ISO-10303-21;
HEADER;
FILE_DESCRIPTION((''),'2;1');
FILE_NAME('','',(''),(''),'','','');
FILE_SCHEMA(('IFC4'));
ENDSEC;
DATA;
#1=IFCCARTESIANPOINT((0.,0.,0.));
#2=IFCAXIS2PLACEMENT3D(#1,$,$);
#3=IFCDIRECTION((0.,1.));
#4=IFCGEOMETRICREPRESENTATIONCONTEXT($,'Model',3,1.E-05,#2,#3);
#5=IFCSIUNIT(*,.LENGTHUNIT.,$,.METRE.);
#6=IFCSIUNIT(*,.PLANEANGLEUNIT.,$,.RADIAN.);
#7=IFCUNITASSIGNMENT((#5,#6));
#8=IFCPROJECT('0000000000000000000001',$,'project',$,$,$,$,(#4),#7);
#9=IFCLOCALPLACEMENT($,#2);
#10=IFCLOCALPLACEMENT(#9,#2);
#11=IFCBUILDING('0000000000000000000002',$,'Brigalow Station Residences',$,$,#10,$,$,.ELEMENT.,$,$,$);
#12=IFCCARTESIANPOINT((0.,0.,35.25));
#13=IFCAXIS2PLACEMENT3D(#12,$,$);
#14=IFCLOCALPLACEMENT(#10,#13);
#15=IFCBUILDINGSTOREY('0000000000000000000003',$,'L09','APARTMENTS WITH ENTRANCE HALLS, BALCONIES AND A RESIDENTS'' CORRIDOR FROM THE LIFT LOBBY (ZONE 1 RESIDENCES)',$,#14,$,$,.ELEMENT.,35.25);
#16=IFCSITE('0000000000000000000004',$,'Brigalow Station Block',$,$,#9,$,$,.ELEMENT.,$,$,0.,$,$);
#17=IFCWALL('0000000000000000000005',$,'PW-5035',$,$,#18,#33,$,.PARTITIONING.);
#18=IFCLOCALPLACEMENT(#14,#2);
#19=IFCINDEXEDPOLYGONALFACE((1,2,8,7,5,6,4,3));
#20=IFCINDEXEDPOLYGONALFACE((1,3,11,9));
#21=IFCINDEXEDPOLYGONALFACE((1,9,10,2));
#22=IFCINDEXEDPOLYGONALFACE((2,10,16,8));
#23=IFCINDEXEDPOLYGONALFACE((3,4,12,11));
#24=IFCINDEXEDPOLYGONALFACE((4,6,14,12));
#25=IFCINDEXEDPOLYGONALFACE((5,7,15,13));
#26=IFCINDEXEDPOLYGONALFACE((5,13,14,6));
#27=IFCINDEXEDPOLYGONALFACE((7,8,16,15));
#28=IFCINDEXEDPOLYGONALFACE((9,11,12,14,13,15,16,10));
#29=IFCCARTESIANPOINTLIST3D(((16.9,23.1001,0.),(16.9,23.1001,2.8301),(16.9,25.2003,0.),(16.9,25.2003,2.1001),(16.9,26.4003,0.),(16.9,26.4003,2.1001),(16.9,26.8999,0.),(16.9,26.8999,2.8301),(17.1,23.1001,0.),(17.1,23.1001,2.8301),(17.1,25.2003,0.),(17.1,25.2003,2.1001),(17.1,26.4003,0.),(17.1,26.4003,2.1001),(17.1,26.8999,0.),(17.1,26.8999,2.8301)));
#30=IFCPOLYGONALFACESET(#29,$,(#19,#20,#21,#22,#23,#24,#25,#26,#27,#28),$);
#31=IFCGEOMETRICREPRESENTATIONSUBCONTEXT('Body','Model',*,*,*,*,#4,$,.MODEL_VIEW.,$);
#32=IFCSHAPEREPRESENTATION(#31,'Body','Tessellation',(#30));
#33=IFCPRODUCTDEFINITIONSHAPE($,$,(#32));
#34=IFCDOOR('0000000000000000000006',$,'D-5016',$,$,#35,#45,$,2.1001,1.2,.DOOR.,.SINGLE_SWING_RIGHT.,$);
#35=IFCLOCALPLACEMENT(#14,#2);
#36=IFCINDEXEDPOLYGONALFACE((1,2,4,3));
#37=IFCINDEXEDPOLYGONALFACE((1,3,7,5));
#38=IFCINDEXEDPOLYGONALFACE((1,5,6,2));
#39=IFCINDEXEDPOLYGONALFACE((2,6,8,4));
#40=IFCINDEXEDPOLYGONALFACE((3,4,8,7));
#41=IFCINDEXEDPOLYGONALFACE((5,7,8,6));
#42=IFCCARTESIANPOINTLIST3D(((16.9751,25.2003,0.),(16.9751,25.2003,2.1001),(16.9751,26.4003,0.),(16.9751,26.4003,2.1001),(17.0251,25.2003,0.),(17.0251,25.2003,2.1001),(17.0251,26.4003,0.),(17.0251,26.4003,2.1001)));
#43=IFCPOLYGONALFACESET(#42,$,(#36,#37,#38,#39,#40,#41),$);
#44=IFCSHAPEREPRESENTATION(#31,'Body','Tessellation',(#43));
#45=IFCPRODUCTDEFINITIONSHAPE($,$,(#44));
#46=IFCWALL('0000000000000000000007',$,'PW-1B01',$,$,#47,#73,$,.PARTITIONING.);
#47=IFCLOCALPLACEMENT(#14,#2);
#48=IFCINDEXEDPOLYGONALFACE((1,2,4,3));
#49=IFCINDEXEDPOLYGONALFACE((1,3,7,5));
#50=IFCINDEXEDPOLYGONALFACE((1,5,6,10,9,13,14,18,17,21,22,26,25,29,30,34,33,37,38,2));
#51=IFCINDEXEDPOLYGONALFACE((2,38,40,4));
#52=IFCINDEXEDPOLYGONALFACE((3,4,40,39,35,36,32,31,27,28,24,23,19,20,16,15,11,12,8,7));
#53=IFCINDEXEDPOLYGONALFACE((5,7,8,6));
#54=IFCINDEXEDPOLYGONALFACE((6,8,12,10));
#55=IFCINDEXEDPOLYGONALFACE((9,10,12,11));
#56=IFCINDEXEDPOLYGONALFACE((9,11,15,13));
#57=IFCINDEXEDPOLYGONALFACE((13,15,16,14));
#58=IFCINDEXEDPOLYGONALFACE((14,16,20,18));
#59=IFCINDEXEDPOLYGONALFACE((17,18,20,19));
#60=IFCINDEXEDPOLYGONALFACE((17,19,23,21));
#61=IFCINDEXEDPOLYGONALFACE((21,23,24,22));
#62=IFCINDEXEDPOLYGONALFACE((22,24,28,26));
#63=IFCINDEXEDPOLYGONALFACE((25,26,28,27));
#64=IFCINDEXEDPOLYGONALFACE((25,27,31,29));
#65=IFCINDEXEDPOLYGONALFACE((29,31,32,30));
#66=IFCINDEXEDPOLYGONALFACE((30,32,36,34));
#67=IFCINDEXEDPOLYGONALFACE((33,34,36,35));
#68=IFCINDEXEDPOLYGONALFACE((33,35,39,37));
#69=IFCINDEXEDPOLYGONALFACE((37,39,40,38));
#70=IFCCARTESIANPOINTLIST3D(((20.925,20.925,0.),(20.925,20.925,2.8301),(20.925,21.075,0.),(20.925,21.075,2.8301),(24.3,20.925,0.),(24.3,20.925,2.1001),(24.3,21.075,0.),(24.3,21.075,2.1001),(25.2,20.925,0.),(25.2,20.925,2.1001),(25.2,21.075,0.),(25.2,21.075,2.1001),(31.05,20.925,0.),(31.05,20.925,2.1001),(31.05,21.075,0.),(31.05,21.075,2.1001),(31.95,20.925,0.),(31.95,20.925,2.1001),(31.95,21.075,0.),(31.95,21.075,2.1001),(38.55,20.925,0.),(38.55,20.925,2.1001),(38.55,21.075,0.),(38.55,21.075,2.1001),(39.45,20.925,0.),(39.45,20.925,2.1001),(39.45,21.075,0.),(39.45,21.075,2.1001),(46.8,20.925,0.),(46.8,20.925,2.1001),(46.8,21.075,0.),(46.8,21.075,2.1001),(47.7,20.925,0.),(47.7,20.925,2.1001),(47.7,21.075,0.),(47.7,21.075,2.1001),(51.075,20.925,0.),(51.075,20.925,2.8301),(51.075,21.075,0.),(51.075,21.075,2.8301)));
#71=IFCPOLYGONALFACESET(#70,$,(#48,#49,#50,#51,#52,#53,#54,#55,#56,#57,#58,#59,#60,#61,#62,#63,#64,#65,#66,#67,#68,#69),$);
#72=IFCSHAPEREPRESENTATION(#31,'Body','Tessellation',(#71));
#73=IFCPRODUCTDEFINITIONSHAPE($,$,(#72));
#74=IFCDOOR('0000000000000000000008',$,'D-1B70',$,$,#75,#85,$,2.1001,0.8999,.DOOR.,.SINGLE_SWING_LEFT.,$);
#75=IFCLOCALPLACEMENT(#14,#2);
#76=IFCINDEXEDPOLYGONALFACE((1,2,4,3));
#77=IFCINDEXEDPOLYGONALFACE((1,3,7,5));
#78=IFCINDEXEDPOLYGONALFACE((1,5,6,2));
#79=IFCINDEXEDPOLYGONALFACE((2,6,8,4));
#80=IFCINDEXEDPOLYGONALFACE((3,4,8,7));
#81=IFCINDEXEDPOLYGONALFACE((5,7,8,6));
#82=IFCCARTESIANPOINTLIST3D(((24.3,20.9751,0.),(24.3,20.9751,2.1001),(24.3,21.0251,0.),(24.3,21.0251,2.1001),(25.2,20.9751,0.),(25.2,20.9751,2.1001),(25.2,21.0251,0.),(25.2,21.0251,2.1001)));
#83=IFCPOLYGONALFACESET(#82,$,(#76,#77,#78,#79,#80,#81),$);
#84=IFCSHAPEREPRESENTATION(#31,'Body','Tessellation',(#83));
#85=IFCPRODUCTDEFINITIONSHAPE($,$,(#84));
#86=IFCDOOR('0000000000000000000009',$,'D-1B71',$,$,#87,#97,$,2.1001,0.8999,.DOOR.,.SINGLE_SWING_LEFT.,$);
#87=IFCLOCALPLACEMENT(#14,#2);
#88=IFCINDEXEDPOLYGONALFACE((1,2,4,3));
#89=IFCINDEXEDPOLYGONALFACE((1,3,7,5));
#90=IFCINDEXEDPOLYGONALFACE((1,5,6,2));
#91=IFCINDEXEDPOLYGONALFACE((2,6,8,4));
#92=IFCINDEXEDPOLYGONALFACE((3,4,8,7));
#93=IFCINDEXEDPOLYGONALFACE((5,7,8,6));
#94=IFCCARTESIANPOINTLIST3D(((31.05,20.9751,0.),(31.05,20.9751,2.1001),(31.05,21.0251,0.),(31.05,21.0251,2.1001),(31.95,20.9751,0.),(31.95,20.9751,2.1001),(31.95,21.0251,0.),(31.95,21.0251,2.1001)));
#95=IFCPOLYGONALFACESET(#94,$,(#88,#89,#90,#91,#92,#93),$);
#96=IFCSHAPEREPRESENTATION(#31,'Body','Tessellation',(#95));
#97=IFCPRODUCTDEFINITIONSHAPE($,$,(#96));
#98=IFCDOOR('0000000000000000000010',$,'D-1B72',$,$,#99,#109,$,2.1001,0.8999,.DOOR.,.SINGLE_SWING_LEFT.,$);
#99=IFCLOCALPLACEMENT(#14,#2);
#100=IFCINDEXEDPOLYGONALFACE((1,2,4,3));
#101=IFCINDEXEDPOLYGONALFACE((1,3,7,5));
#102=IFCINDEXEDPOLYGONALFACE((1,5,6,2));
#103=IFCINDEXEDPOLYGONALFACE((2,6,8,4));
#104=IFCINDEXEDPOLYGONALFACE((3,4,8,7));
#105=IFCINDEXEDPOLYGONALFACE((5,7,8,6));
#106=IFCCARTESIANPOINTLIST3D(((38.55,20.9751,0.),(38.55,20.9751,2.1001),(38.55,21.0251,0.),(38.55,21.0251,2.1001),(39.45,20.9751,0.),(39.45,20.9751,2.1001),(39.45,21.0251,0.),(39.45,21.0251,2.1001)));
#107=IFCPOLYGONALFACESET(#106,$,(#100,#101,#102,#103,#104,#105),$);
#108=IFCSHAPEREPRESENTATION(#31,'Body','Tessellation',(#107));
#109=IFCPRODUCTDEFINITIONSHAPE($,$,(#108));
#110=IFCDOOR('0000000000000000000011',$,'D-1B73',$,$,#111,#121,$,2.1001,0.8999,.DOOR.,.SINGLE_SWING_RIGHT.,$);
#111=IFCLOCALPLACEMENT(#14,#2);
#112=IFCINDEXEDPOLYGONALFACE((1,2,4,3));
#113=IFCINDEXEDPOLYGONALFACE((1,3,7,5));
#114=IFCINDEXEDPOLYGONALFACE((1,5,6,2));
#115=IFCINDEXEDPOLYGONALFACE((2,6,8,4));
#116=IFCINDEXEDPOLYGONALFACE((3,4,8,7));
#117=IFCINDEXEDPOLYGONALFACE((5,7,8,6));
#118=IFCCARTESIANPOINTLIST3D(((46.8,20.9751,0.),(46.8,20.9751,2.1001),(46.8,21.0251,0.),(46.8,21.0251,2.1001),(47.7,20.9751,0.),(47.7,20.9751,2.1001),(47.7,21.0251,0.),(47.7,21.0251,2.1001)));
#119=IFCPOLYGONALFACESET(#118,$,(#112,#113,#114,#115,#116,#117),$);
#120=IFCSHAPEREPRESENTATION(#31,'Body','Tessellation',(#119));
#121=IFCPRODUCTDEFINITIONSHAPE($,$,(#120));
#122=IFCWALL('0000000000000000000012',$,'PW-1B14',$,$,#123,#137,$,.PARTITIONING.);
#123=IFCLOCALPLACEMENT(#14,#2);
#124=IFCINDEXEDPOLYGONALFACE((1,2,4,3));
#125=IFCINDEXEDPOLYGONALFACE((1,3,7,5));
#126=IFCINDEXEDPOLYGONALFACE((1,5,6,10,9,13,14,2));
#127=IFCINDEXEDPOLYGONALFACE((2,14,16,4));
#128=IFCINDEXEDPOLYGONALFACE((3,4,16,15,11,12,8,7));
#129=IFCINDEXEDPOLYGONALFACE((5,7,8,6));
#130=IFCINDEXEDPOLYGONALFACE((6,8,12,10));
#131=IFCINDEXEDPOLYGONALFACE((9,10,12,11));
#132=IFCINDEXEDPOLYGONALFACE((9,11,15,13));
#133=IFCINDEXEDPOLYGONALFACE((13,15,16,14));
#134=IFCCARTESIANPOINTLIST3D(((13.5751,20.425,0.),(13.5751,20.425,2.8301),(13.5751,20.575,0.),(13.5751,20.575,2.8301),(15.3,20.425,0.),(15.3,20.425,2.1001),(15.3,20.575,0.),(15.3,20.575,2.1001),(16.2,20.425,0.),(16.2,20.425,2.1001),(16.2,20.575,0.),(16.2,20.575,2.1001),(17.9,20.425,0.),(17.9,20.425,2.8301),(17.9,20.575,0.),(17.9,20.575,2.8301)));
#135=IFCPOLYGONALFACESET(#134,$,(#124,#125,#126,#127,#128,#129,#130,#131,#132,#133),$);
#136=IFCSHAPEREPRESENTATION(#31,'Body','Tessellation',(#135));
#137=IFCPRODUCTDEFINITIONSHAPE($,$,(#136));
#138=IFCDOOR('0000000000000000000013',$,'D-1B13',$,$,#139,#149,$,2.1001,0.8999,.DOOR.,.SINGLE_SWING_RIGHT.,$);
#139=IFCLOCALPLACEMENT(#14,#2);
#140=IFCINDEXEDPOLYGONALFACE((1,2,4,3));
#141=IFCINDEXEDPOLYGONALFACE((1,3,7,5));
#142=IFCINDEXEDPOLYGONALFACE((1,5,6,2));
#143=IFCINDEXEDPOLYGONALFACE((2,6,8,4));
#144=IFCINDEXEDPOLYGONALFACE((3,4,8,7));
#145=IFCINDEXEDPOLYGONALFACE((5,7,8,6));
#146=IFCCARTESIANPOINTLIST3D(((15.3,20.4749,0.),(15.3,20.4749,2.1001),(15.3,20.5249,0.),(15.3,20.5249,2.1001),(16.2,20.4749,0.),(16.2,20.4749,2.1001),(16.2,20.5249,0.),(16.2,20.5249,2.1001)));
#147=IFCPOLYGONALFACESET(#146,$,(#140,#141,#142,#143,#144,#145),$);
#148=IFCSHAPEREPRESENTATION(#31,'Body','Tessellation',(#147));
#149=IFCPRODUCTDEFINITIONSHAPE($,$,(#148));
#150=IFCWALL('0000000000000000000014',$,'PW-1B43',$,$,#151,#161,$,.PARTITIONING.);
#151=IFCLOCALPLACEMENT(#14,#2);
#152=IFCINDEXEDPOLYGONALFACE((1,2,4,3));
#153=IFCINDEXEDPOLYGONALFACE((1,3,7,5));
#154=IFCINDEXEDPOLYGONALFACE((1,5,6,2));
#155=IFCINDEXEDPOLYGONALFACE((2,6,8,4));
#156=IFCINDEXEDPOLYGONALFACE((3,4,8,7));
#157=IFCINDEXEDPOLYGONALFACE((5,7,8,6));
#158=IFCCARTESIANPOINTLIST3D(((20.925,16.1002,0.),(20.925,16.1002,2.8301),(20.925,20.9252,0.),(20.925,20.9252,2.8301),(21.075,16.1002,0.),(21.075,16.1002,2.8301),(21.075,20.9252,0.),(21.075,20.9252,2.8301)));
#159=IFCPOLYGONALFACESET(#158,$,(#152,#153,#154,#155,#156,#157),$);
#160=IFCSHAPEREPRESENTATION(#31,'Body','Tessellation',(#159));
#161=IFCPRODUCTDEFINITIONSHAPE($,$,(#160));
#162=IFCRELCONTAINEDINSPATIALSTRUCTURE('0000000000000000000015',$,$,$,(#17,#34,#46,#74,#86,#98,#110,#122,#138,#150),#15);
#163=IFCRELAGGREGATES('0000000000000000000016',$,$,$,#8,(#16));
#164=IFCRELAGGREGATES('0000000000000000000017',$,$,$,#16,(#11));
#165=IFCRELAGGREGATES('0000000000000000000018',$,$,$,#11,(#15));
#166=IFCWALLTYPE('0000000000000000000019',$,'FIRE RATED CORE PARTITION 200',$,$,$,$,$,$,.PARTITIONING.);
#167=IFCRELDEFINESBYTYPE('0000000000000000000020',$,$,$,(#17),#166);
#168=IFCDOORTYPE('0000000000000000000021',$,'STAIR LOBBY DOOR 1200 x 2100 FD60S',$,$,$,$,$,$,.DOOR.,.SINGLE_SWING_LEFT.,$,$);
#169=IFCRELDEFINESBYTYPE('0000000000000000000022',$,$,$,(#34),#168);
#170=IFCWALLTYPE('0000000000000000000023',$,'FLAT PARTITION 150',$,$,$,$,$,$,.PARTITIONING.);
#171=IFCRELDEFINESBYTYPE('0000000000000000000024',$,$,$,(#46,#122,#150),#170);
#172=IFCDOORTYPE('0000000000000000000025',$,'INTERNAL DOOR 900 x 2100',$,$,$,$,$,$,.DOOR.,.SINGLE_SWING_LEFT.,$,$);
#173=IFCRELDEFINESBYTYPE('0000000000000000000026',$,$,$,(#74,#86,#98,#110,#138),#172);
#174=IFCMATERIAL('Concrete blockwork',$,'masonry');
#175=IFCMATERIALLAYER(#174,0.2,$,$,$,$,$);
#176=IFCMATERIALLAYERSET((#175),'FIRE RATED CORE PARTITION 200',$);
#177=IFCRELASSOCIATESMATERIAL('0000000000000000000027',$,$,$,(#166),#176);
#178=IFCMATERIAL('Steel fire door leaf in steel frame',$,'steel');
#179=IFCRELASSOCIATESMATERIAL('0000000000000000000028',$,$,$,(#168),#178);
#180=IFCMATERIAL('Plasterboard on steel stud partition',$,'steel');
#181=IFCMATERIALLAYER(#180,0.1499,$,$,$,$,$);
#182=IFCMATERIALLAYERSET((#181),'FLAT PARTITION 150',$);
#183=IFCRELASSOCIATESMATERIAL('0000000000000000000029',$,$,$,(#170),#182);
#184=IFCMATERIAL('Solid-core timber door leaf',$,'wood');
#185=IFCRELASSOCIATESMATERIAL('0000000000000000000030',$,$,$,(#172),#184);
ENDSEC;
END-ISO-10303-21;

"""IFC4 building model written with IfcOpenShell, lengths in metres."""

from ifc_helpers import new_model, si_unit, direction, frame, frame_2d, origin, place, context, subcontext, project, spatial, rectangle, extrude, material, layer, layer_set, type_object, element, fill, save


model = new_model("IFC4")

# Units and contexts
model_context = context("Model", 3, precision=1e-05, world=origin(), true_north=direction((0.0, 1.0)))
body_context = subcontext(model_context, "Body", "Model", "MODEL_VIEW")
ifc_project = project(units=[si_unit("LENGTHUNIT", "METRE"), si_unit("PLANEANGLEUNIT", "RADIAN")], contexts=[model_context])

# Site, building, storey
site_placement = place(None, origin())
site = spatial("IfcSite", under=ifc_project, at=site_placement, Name="Brigalow Station Block", CompositionType="ELEMENT", RefElevation=0.0)
building_placement = place(site_placement, origin())
building = spatial("IfcBuilding", under=site, at=building_placement, Name="Brigalow Station Residences", CompositionType="ELEMENT")
storey_placement = place(building_placement, frame((0.0, 0.0, 35.25)))
storey = spatial("IfcBuildingStorey", under=building, at=storey_placement, Name="L09", Description="APARTMENTS WITH ENTRANCE HALLS, BALCONIES AND A RESIDENTS' CORRIDOR FROM THE LIFT LOBBY (ZONE 1 RESIDENCES)", CompositionType="ELEMENT", Elevation=35.25)

# Wall, opening, door
ifc_material_1 = material(Name="Concrete blockwork", Category="masonry")
ifc_layer_1 = layer(ifc_material_1, 0.2)
ifc_layer_set_1 = layer_set([ifc_layer_1], Name="FIRE RATED CORE PARTITION 200")
wall_type_1 = type_object("IfcWallType", Name="FIRE RATED CORE PARTITION 200", PredefinedType="PARTITIONING", material=ifc_layer_set_1)
wall_1_placement = place(storey_placement, frame((17.0, 23.1001, 0.0), z_axis=(0.0, 0.0, 1.0), x_axis=(0.0, 1.0, 0.0)))
wall_1 = element("IfcWall", 1, at=wall_1_placement, inside=storey, type_object=wall_type_1, Name="PW-5035", PredefinedType="PARTITIONING", context=body_context, shape_type="SweptSolid", body=[
    extrude(rectangle(XDim=3.7998, YDim=0.2, at=frame_2d((1.8999, 0.0))), origin(), (0.0, 0.0, 1.0), 2.8301),
])
opening_1_placement = place(wall_1_placement, frame((2.1001, 0.0, 0.0)))
opening_1 = element("IfcOpeningElement", 2, at=opening_1_placement, cuts=wall_1, PredefinedType="OPENING", context=body_context, shape_type="SweptSolid", body=[
    extrude(rectangle(XDim=1.2, YDim=2.1001, at=frame_2d((0.6001, 1.05))), frame((0.0, 0.1099, 0.0), z_axis=(0.0, -1.0, 0.0), x_axis=(1.0, 0.0, 0.0)), (0.0, 0.0, 1.0), 0.22),
])
ifc_material_2 = material(Name="Steel fire door leaf in steel frame", Category="steel")
door_type_1 = type_object("IfcDoorType", Name="STAIR LOBBY DOOR 1200 x 2100 FD60S", OperationType="SINGLE_SWING_LEFT", PredefinedType="DOOR", material=ifc_material_2)
door_1_placement = place(opening_1_placement, origin())
door_1 = element("IfcDoor", 3, at=door_1_placement, inside=storey, type_object=door_type_1, Name="D-5016", OperationType="SINGLE_SWING_RIGHT", OverallHeight=2.1001, OverallWidth=1.2, PredefinedType="DOOR", context=body_context, shape_type="SweptSolid", body=[
    extrude(rectangle(XDim=1.2, YDim=2.1001, at=frame_2d((0.6001, 1.05))), frame((0.0, 0.0249, 0.0), z_axis=(0.0, -1.0, 0.0), x_axis=(1.0, 0.0, 0.0)), (0.0, 0.0, 1.0), 0.05),
])
fill(opening_1, door_1)

# Wall, openings, doors
ifc_material_3 = material(Name="Plasterboard on steel stud partition", Category="steel")
ifc_layer_2 = layer(ifc_material_3, 0.1499)
ifc_layer_set_2 = layer_set([ifc_layer_2], Name="FLAT PARTITION 150")
wall_type_2 = type_object("IfcWallType", Name="FLAT PARTITION 150", PredefinedType="PARTITIONING", material=ifc_layer_set_2)
wall_2_placement = place(storey_placement, frame((20.925, 21.0, 0.0), z_axis=(0.0, 0.0, 1.0), x_axis=(1.0, 0.0, 0.0)))
wall_2 = element("IfcWall", 4, at=wall_2_placement, inside=storey, type_object=wall_type_2, Name="PW-1B01", PredefinedType="PARTITIONING", context=body_context, shape_type="SweptSolid", body=[
    extrude(rectangle(XDim=30.1499, YDim=0.1499, at=frame_2d((15.075, 0.0))), origin(), (0.0, 0.0, 1.0), 2.8301),
])
opening_2_placement = place(wall_2_placement, frame((3.375, 0.0, 0.0)))
opening_2 = element("IfcOpeningElement", 5, at=opening_2_placement, cuts=wall_2, PredefinedType="OPENING", context=body_context, shape_type="SweptSolid", body=[
    extrude(rectangle(XDim=0.8999, YDim=2.1001, at=frame_2d((0.45, 1.05))), frame((0.0, 0.085, 0.0), z_axis=(0.0, -1.0, 0.0), x_axis=(1.0, 0.0, 0.0)), (0.0, 0.0, 1.0), 0.1699),
])
opening_3_placement = place(wall_2_placement, frame((10.125, 0.0, 0.0)))
opening_3 = element("IfcOpeningElement", 6, at=opening_3_placement, cuts=wall_2, PredefinedType="OPENING", context=body_context, shape_type="SweptSolid", body=[
    extrude(rectangle(XDim=0.8999, YDim=2.1001, at=frame_2d((0.45, 1.05))), frame((0.0, 0.085, 0.0), z_axis=(0.0, -1.0, 0.0), x_axis=(1.0, 0.0, 0.0)), (0.0, 0.0, 1.0), 0.1699),
])
opening_4_placement = place(wall_2_placement, frame((17.625, 0.0, 0.0)))
opening_4 = element("IfcOpeningElement", 7, at=opening_4_placement, cuts=wall_2, PredefinedType="OPENING", context=body_context, shape_type="SweptSolid", body=[
    extrude(rectangle(XDim=0.8999, YDim=2.1001, at=frame_2d((0.45, 1.05))), frame((0.0, 0.085, 0.0), z_axis=(0.0, -1.0, 0.0), x_axis=(1.0, 0.0, 0.0)), (0.0, 0.0, 1.0), 0.1699),
])
opening_5_placement = place(wall_2_placement, frame((25.875, 0.0, 0.0)))
opening_5 = element("IfcOpeningElement", 8, at=opening_5_placement, cuts=wall_2, PredefinedType="OPENING", context=body_context, shape_type="SweptSolid", body=[
    extrude(rectangle(XDim=0.8999, YDim=2.1001, at=frame_2d((0.45, 1.05))), frame((0.0, 0.085, 0.0), z_axis=(0.0, -1.0, 0.0), x_axis=(1.0, 0.0, 0.0)), (0.0, 0.0, 1.0), 0.1699),
])
ifc_material_4 = material(Name="Solid-core timber door leaf", Category="wood")
door_type_2 = type_object("IfcDoorType", Name="INTERNAL DOOR 900 x 2100", OperationType="SINGLE_SWING_LEFT", PredefinedType="DOOR", material=ifc_material_4)
door_2_placement = place(opening_2_placement, frame((0.8999, 0.0, 0.0), z_axis=(0.0, 0.0, 1.0), x_axis=(-1.0, 0.0, 0.0)))
door_2 = element("IfcDoor", 9, at=door_2_placement, inside=storey, type_object=door_type_2, Name="D-1B70", OperationType="SINGLE_SWING_LEFT", OverallHeight=2.1001, OverallWidth=0.8999, PredefinedType="DOOR", context=body_context, shape_type="SweptSolid", body=[
    extrude(rectangle(XDim=0.8999, YDim=2.1001, at=frame_2d((0.45, 1.05))), frame((0.0, 0.0249, 0.0), z_axis=(0.0, -1.0, 0.0), x_axis=(1.0, 0.0, 0.0)), (0.0, 0.0, 1.0), 0.05),
])
fill(opening_2, door_2)
door_3_placement = place(opening_3_placement, frame((0.8999, 0.0, 0.0), z_axis=(0.0, 0.0, 1.0), x_axis=(-1.0, 0.0, 0.0)))
door_3 = element("IfcDoor", 10, at=door_3_placement, inside=storey, type_object=door_type_2, Name="D-1B71", OperationType="SINGLE_SWING_LEFT", OverallHeight=2.1001, OverallWidth=0.8999, PredefinedType="DOOR", context=body_context, shape_type="SweptSolid", body=[
    extrude(rectangle(XDim=0.8999, YDim=2.1001, at=frame_2d((0.45, 1.05))), frame((0.0, 0.0249, 0.0), z_axis=(0.0, -1.0, 0.0), x_axis=(1.0, 0.0, 0.0)), (0.0, 0.0, 1.0), 0.05),
])
fill(opening_3, door_3)
door_4_placement = place(opening_4_placement, frame((0.8999, 0.0, 0.0), z_axis=(0.0, 0.0, 1.0), x_axis=(-1.0, 0.0, 0.0)))
door_4 = element("IfcDoor", 11, at=door_4_placement, inside=storey, type_object=door_type_2, Name="D-1B72", OperationType="SINGLE_SWING_LEFT", OverallHeight=2.1001, OverallWidth=0.8999, PredefinedType="DOOR", context=body_context, shape_type="SweptSolid", body=[
    extrude(rectangle(XDim=0.8999, YDim=2.1001, at=frame_2d((0.45, 1.05))), frame((0.0, 0.0249, 0.0), z_axis=(0.0, -1.0, 0.0), x_axis=(1.0, 0.0, 0.0)), (0.0, 0.0, 1.0), 0.05),
])
fill(opening_4, door_4)
door_5_placement = place(opening_5_placement, frame((0.8999, 0.0, 0.0), z_axis=(0.0, 0.0, 1.0), x_axis=(-1.0, 0.0, 0.0)))
door_5 = element("IfcDoor", 12, at=door_5_placement, inside=storey, type_object=door_type_2, Name="D-1B73", OperationType="SINGLE_SWING_RIGHT", OverallHeight=2.1001, OverallWidth=0.8999, PredefinedType="DOOR", context=body_context, shape_type="SweptSolid", body=[
    extrude(rectangle(XDim=0.8999, YDim=2.1001, at=frame_2d((0.45, 1.05))), frame((0.0, 0.0249, 0.0), z_axis=(0.0, -1.0, 0.0), x_axis=(1.0, 0.0, 0.0)), (0.0, 0.0, 1.0), 0.05),
])
fill(opening_5, door_5)

# Wall, opening, door
wall_3_placement = place(storey_placement, frame((13.575, 20.5, 0.0), z_axis=(0.0, 0.0, 1.0), x_axis=(1.0, 0.0, 0.0)))
wall_3 = element("IfcWall", 13, at=wall_3_placement, inside=storey, type_object=wall_type_2, Name="PW-1B14", PredefinedType="PARTITIONING", context=body_context, shape_type="SweptSolid", body=[
    extrude(rectangle(XDim=4.325, YDim=0.1499, at=frame_2d((2.1626, 0.0))), origin(), (0.0, 0.0, 1.0), 2.8301),
])
opening_6_placement = place(wall_3_placement, frame((1.7251, 0.0, 0.0)))
opening_6 = element("IfcOpeningElement", 14, at=opening_6_placement, cuts=wall_3, PredefinedType="OPENING", context=body_context, shape_type="SweptSolid", body=[
    extrude(rectangle(XDim=0.8999, YDim=2.1001, at=frame_2d((0.45, 1.05))), frame((0.0, 0.085, 0.0), z_axis=(0.0, -1.0, 0.0), x_axis=(1.0, 0.0, 0.0)), (0.0, 0.0, 1.0), 0.1699),
])
door_6_placement = place(opening_6_placement, origin())
door_6 = element("IfcDoor", 15, at=door_6_placement, inside=storey, type_object=door_type_2, Name="D-1B13", OperationType="SINGLE_SWING_RIGHT", OverallHeight=2.1001, OverallWidth=0.8999, PredefinedType="DOOR", context=body_context, shape_type="SweptSolid", body=[
    extrude(rectangle(XDim=0.8999, YDim=2.1001, at=frame_2d((0.45, 1.05))), frame((0.0, 0.0249, 0.0), z_axis=(0.0, -1.0, 0.0), x_axis=(1.0, 0.0, 0.0)), (0.0, 0.0, 1.0), 0.05),
])
fill(opening_6, door_6)

# Wall
wall_4_placement = place(storey_placement, frame((21.0, 16.1001, 0.0), z_axis=(0.0, 0.0, 1.0), x_axis=(0.0, 1.0, 0.0)))
element("IfcWall", 16, at=wall_4_placement, inside=storey, type_object=wall_type_2, Name="PW-1B43", PredefinedType="PARTITIONING", context=body_context, shape_type="SweptSolid", body=[
    extrude(rectangle(XDim=4.825, YDim=0.1499, at=frame_2d((2.4126, 0.0))), origin(), (0.0, 0.0, 1.0), 2.8301),
])

save(model, "model.ifc")
